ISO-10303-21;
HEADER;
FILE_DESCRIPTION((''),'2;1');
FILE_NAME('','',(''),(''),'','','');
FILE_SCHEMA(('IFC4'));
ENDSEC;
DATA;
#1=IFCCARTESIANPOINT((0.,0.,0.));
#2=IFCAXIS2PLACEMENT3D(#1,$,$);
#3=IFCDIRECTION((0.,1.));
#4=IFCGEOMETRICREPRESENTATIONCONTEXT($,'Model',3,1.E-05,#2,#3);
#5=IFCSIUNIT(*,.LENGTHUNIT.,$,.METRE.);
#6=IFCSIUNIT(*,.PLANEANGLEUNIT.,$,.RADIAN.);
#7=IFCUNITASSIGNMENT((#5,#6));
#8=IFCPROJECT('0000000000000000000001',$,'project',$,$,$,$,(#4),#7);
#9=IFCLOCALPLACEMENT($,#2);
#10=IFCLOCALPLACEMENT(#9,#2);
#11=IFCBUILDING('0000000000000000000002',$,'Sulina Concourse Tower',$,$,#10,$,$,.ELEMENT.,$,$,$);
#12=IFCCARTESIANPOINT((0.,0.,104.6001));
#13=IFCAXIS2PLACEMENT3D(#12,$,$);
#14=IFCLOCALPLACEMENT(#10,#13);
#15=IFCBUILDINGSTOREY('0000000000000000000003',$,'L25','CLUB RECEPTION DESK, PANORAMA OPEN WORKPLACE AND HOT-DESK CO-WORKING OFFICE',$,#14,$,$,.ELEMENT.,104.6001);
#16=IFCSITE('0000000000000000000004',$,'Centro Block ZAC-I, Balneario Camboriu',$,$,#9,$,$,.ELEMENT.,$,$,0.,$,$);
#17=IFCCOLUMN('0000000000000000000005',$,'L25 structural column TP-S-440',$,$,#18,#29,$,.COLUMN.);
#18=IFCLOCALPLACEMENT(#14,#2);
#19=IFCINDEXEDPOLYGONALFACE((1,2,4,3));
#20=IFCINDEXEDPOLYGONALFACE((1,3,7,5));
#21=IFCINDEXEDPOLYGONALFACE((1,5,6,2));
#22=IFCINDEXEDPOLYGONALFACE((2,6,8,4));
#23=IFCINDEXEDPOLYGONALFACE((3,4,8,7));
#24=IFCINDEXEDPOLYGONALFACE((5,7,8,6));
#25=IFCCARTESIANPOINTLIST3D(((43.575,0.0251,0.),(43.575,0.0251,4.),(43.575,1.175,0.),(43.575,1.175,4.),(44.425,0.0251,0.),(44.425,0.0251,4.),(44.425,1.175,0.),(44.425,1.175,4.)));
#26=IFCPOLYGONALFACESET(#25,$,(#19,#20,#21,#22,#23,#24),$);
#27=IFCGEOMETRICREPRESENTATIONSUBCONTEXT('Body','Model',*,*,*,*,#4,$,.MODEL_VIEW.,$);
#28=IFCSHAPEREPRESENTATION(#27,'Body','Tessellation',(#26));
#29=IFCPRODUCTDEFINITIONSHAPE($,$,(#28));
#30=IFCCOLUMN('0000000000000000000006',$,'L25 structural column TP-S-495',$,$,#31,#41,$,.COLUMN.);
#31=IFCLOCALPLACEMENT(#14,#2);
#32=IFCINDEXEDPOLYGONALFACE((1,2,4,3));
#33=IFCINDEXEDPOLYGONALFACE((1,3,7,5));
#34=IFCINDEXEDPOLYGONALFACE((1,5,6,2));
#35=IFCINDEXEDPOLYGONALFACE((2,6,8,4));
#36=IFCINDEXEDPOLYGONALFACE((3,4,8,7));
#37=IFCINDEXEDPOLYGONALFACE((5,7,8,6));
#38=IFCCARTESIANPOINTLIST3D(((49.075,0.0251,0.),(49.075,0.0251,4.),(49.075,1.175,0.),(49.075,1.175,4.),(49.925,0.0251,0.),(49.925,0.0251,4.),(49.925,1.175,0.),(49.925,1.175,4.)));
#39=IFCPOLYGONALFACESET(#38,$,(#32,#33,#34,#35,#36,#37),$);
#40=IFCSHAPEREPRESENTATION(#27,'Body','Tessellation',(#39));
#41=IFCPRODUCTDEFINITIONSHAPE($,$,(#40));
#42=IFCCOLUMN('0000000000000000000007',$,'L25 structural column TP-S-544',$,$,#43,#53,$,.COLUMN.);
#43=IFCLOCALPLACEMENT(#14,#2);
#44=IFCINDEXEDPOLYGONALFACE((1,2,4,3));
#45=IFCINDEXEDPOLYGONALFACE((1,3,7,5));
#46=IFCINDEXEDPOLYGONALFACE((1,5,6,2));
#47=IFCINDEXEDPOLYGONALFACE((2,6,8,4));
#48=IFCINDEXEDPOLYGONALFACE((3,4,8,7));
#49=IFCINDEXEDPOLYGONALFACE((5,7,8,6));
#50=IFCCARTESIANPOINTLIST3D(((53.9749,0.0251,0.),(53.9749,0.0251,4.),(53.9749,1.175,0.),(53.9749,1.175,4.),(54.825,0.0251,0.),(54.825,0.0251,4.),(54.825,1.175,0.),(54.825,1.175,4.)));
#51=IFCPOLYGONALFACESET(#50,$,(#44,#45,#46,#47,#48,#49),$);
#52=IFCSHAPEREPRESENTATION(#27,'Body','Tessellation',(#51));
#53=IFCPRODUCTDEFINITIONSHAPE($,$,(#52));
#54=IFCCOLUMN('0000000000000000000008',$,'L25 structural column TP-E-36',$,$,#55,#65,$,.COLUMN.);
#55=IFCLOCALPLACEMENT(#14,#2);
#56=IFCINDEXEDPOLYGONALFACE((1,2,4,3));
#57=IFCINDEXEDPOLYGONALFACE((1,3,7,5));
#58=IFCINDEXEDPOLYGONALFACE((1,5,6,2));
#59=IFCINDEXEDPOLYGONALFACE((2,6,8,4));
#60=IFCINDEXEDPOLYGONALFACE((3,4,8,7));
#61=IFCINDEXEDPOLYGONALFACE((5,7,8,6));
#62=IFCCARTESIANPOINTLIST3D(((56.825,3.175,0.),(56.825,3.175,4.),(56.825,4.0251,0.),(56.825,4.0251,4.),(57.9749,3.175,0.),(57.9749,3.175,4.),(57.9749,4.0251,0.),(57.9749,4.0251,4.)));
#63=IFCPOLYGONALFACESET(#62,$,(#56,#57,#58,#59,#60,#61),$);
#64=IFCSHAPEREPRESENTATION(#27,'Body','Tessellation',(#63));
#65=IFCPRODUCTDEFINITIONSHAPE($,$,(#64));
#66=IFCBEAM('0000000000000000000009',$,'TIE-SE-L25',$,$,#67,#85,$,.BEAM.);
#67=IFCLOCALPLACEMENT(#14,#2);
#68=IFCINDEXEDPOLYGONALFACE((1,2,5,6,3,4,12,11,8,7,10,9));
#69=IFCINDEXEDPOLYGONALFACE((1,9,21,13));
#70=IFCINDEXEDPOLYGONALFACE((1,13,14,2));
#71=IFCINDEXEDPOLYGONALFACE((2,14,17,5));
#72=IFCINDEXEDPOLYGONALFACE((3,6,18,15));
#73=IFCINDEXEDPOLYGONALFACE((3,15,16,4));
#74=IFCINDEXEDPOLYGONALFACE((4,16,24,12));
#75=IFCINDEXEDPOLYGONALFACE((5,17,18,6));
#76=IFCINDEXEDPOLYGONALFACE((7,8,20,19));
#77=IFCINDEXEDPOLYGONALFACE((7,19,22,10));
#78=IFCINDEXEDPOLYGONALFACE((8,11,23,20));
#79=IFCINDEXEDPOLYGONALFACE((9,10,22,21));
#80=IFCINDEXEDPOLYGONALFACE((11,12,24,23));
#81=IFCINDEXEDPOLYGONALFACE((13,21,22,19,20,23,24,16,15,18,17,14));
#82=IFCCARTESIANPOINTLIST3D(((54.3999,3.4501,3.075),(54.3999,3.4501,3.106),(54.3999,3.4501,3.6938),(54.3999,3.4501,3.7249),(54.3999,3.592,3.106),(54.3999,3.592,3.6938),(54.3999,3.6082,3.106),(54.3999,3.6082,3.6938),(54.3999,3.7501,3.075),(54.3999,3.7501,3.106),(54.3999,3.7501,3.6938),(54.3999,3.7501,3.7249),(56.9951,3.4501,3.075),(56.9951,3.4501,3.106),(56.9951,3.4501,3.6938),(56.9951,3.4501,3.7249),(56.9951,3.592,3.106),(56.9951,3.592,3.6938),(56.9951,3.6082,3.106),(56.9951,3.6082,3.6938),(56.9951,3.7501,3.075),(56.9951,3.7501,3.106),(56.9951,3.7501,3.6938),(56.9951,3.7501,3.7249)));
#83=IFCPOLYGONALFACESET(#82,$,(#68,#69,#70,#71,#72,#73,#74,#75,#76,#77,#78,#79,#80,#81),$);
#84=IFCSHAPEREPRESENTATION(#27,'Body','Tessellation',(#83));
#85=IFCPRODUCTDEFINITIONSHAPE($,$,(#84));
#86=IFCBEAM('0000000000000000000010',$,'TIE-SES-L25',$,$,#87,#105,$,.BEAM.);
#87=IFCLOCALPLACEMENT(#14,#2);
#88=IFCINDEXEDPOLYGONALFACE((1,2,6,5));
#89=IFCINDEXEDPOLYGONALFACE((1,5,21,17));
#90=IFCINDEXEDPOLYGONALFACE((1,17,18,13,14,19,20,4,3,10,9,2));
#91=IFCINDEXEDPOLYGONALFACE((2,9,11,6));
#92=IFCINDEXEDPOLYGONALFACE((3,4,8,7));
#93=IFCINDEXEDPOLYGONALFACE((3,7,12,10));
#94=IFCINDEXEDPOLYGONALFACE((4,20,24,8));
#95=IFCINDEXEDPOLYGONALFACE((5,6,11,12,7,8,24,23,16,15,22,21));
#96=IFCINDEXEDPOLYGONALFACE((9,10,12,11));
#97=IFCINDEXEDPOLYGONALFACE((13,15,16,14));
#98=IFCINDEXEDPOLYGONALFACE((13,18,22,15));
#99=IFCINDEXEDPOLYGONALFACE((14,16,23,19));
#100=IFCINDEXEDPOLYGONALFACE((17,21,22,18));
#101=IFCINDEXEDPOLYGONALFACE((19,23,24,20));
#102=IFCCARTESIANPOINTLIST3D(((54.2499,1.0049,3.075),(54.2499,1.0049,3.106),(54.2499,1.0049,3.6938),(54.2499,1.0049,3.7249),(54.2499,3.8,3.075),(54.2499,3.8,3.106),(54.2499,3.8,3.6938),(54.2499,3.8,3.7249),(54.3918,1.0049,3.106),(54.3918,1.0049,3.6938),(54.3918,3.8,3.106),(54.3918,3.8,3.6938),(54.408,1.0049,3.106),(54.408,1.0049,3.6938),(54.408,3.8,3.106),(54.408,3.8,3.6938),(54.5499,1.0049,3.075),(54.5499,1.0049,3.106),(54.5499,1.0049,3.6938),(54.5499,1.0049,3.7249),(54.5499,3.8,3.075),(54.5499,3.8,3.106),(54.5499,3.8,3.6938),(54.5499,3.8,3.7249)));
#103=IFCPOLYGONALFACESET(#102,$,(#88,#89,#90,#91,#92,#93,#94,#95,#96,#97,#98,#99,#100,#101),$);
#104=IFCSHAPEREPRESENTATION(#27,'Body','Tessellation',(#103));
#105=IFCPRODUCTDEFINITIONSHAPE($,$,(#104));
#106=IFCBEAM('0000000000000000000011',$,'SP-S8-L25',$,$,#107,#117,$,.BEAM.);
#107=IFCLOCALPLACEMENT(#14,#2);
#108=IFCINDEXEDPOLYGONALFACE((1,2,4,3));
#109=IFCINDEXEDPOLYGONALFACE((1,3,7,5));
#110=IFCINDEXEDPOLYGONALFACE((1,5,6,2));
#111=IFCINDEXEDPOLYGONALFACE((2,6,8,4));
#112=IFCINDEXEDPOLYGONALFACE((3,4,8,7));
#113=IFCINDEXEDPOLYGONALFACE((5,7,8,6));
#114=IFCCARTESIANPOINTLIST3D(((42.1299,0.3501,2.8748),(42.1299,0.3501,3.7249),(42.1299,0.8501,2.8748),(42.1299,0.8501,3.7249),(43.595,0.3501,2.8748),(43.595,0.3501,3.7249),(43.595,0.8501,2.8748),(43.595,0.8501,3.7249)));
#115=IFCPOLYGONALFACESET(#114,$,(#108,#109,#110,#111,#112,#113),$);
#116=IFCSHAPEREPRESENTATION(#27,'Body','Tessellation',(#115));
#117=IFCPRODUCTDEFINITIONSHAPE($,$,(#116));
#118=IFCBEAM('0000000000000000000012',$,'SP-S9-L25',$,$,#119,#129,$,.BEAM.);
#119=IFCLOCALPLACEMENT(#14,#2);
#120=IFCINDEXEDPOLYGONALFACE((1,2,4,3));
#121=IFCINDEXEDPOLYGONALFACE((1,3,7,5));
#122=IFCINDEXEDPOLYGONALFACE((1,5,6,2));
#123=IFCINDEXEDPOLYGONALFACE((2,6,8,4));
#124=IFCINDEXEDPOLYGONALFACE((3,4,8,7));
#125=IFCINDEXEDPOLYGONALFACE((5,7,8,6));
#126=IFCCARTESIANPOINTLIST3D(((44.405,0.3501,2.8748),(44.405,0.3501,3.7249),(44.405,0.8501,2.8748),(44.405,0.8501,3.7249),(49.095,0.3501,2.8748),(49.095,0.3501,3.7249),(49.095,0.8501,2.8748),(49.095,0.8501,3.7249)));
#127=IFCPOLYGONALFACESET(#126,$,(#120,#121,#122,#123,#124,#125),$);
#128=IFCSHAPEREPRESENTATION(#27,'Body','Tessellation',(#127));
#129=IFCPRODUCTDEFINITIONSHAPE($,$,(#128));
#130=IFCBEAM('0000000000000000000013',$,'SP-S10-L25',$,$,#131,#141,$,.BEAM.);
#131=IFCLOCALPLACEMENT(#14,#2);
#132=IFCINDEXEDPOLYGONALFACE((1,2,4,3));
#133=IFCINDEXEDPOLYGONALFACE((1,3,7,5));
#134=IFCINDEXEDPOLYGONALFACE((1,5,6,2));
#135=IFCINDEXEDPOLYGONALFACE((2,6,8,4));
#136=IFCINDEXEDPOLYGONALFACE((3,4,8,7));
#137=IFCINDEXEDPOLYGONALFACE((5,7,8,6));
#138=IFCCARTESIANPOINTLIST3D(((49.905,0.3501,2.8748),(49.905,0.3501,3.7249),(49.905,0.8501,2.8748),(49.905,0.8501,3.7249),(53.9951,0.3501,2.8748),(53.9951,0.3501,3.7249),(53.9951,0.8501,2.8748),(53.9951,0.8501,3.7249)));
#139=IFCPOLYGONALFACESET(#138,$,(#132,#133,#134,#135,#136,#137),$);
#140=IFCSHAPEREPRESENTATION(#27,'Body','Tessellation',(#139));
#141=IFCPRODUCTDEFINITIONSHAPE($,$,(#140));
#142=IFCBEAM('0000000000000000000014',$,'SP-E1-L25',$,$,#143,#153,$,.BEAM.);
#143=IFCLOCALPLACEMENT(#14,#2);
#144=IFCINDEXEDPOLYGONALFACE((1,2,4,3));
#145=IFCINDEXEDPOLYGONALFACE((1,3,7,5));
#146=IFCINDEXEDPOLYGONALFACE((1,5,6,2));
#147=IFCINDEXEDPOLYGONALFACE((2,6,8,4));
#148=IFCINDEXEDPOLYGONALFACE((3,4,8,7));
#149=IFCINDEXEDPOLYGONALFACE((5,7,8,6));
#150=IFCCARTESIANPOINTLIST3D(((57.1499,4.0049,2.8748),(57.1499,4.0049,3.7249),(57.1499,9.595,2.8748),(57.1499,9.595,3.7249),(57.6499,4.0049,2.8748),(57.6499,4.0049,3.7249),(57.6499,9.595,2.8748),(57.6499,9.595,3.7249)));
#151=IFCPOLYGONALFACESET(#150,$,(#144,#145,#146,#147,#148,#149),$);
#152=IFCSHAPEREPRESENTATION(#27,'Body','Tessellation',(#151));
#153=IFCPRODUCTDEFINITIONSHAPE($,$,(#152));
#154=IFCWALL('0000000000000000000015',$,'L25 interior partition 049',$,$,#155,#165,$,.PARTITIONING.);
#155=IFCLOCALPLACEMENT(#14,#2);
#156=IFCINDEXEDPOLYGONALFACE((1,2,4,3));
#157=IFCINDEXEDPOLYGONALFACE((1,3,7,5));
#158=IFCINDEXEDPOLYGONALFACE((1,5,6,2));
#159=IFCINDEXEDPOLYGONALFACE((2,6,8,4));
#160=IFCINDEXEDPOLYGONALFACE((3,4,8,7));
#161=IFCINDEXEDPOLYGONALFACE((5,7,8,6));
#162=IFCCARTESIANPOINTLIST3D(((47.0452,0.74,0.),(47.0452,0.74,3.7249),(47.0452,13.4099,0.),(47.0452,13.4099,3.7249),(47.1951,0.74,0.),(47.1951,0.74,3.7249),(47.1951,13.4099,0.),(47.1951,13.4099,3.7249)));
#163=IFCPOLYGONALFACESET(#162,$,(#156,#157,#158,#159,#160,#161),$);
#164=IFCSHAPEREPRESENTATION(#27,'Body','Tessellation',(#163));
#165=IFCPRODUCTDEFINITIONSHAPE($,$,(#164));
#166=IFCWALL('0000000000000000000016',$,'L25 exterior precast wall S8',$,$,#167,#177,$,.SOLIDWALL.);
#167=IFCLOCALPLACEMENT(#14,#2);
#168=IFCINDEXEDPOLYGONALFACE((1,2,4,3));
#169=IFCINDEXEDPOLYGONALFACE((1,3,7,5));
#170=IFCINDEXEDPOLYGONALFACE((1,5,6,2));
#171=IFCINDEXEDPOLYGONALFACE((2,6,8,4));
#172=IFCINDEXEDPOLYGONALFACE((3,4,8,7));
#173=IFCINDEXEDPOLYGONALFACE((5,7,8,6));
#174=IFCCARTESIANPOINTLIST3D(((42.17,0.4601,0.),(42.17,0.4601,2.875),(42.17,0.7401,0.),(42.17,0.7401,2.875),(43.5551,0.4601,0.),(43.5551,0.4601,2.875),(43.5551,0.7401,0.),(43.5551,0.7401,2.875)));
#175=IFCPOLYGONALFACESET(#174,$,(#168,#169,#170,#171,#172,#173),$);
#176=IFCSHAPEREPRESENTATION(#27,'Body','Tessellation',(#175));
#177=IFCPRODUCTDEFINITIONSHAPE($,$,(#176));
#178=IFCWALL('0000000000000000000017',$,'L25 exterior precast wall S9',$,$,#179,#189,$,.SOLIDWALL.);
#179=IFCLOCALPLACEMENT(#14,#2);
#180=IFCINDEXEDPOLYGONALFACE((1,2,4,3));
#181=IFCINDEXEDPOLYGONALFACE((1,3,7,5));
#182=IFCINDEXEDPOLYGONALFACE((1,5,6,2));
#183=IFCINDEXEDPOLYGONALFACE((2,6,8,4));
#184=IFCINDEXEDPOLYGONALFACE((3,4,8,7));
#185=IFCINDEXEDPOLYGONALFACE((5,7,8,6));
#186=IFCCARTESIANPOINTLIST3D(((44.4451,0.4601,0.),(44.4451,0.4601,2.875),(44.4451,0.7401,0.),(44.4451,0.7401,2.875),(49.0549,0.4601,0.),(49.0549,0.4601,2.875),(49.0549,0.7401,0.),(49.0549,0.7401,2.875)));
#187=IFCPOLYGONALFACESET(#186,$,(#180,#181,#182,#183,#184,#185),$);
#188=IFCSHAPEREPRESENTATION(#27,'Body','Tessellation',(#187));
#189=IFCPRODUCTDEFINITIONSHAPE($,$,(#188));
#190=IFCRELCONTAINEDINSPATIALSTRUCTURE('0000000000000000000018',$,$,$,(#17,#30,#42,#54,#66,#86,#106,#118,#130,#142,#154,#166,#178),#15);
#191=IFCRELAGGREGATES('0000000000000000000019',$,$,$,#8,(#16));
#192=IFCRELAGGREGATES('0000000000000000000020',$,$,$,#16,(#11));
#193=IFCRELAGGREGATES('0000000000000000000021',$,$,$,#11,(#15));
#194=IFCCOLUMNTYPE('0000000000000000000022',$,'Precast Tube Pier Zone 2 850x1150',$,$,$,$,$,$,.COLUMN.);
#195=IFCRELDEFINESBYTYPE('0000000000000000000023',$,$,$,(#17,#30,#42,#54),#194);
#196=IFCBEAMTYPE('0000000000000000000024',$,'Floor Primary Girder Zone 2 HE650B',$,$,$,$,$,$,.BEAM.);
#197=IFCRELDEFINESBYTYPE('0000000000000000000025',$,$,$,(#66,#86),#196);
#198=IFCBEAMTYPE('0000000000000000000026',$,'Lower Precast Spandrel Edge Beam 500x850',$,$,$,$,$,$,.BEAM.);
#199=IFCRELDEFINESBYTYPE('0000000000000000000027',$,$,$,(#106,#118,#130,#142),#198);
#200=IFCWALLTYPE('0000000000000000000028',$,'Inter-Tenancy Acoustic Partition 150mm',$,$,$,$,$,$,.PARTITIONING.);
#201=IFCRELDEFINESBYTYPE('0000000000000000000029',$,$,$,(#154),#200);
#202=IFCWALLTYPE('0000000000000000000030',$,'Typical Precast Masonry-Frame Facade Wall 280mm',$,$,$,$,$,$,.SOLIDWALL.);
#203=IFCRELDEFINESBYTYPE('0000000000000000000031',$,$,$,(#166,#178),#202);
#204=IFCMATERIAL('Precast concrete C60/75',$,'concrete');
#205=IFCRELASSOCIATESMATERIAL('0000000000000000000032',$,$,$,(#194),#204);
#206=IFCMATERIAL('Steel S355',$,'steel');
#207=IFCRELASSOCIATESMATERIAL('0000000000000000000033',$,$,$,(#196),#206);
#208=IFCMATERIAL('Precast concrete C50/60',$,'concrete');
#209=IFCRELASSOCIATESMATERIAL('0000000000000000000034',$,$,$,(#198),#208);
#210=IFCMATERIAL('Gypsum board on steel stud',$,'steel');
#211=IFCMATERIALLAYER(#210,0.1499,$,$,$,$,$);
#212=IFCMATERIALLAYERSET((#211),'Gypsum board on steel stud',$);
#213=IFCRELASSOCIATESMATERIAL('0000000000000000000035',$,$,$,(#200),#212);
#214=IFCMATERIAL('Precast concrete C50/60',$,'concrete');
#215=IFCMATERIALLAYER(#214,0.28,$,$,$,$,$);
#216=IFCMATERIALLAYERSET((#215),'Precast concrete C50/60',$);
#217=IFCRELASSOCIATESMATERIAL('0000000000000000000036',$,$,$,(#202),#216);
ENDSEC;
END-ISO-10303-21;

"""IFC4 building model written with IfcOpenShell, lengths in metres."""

from ifc_helpers import new_model, si_unit, direction, frame, frame_2d, origin, origin_2d, place, context, subcontext, project, spatial, rectangle, i_section, extrude, material, layer, layer_set, material_profile, profile_set, type_object, element, save


model = new_model("IFC4")

# Units and contexts
model_context = context("Model", 3, precision=1e-05, world=origin(), true_north=direction((0.0, 1.0)))
body_context = subcontext(model_context, "Body", "Model", "MODEL_VIEW")
ifc_project = project(units=[si_unit("LENGTHUNIT", "METRE"), si_unit("PLANEANGLEUNIT", "RADIAN")], contexts=[model_context])

# Site, building, storey
site_placement = place(None, origin())
site = spatial("IfcSite", under=ifc_project, at=site_placement, Name="Centro Block ZAC-I, Balneario Camboriu", CompositionType="ELEMENT", RefElevation=0.0)
building_placement = place(site_placement, origin())
building = spatial("IfcBuilding", under=site, at=building_placement, Name="Sulina Concourse Tower", CompositionType="ELEMENT")
storey_placement = place(building_placement, frame((0.0, 0.0, 104.6001)))
storey = spatial("IfcBuildingStorey", under=building, at=storey_placement, Name="L25", Description="CLUB RECEPTION DESK, PANORAMA OPEN WORKPLACE AND HOT-DESK CO-WORKING OFFICE", CompositionType="ELEMENT", Elevation=104.6001)

# Columns
ifc_material_1 = material(Name="Precast concrete C60/75", Category="concrete")
ifc_material_profile_1 = material_profile(ifc_material_1, rectangle(XDim=0.8501, YDim=1.1499, at=origin_2d()), Name="PC 850x1150")
ifc_profile_set_1 = profile_set([ifc_material_profile_1], Name="Precast concrete C60/75")
column_type = type_object("IfcColumnType", Name="Precast Tube Pier Zone 2 850x1150", PredefinedType="COLUMN", material=ifc_profile_set_1)
for number, where, z_axis, x_axis, name in (
    (1, (44.0, 0.6001, 0.0), (0.0, 0.0, 1.0), (1.0, 0.0, 0.0), "L25 structural column TP-S-440"),
    (2, (49.5, 0.6001, 0.0), (0.0, 0.0, 1.0), (1.0, 0.0, 0.0), "L25 structural column TP-S-495"),
    (3, (54.3999, 0.6001, 0.0), (0.0, 0.0, 1.0), (1.0, 0.0, 0.0), "L25 structural column TP-S-544"),
    (4, (57.3999, 3.6001, 0.0), (0.0, 0.0, 1.0), (0.0, 1.0, 0.0), "L25 structural column TP-E-36"),
):
    element("IfcColumn", number, at=place(storey_placement, frame(where, z_axis=z_axis, x_axis=x_axis)), inside=storey, type_object=column_type, Name=name, PredefinedType="COLUMN", context=body_context, shape_type="SweptSolid", body=[
        extrude(rectangle(XDim=0.8501, YDim=1.1499, at=origin_2d()), origin(), (0.0, 0.0, 1.0), 4.0),
    ])

# Beams
ifc_material_2 = material(Name="Steel S355", Category="steel")
ifc_material_profile_2 = material_profile(ifc_material_2, i_section(OverallWidth=0.3, OverallDepth=0.6499, WebThickness=0.0161, FlangeThickness=0.031, at=origin_2d()), Name="HE 650 B")
ifc_profile_set_2 = profile_set([ifc_material_profile_2], Name="Steel S355")
beam_type_1 = type_object("IfcBeamType", Name="Floor Primary Girder Zone 2 HE650B", PredefinedType="BEAM", material=ifc_profile_set_2)
beam_1_placement = place(storey_placement, frame((54.3999, 3.6001, 3.3999), z_axis=(1.0, 0.0, 0.0), x_axis=(0.0, 1.0, 0.0)))
element("IfcBeam", 5, at=beam_1_placement, inside=storey, type_object=beam_type_1, Name="TIE-SE-L25", PredefinedType="BEAM", context=body_context, shape_type="SweptSolid", body=[
    extrude(i_section(OverallWidth=0.3, OverallDepth=0.6499, WebThickness=0.0161, FlangeThickness=0.031, at=origin_2d()), origin(), (0.0, 0.0, 1.0), 2.5952),
])
beam_2_placement = place(storey_placement, frame((54.3999, 1.0049, 3.3999), z_axis=(0.0, 1.0, 0.0), x_axis=(-1.0, 0.0, 0.0)))
element("IfcBeam", 6, at=beam_2_placement, inside=storey, type_object=beam_type_1, Name="TIE-SES-L25", PredefinedType="BEAM", context=body_context, shape_type="SweptSolid", body=[
    extrude(i_section(OverallWidth=0.3, OverallDepth=0.6499, WebThickness=0.0161, FlangeThickness=0.031, at=origin_2d()), origin(), (0.0, 0.0, 1.0), 2.7952),
])
ifc_material_3 = material(Name="Precast concrete C50/60", Category="concrete")
ifc_material_profile_3 = material_profile(ifc_material_3, rectangle(XDim=0.5, YDim=0.8501, at=origin_2d()), Name="RC 500x850")
ifc_profile_set_3 = profile_set([ifc_material_profile_3], Name="Precast concrete C50/60")
beam_type_2 = type_object("IfcBeamType", Name="Lower Precast Spandrel Edge Beam 500x850", PredefinedType="BEAM", material=ifc_profile_set_3)
beam_3_placement = place(storey_placement, frame((42.1299, 0.6001, 3.2998), z_axis=(1.0, 0.0, 0.0), x_axis=(0.0, 1.0, 0.0)))
element("IfcBeam", 7, at=beam_3_placement, inside=storey, type_object=beam_type_2, Name="SP-S8-L25", PredefinedType="BEAM", context=body_context, shape_type="SweptSolid", body=[
    extrude(rectangle(XDim=0.5, YDim=0.8501, at=origin_2d()), origin(), (0.0, 0.0, 1.0), 1.4651),
])
beam_4_placement = place(storey_placement, frame((44.405, 0.6001, 3.2998), z_axis=(1.0, 0.0, 0.0), x_axis=(0.0, 1.0, 0.0)))
element("IfcBeam", 8, at=beam_4_placement, inside=storey, type_object=beam_type_2, Name="SP-S9-L25", PredefinedType="BEAM", context=body_context, shape_type="SweptSolid", body=[
    extrude(rectangle(XDim=0.5, YDim=0.8501, at=origin_2d()), origin(), (0.0, 0.0, 1.0), 4.6899),
])
beam_5_placement = place(storey_placement, frame((49.905, 0.6001, 3.2998), z_axis=(1.0, 0.0, 0.0), x_axis=(0.0, 1.0, 0.0)))
element("IfcBeam", 9, at=beam_5_placement, inside=storey, type_object=beam_type_2, Name="SP-S10-L25", PredefinedType="BEAM", context=body_context, shape_type="SweptSolid", body=[
    extrude(rectangle(XDim=0.5, YDim=0.8501, at=origin_2d()), origin(), (0.0, 0.0, 1.0), 4.0901),
])
beam_6_placement = place(storey_placement, frame((57.3999, 4.0049, 3.2998), z_axis=(0.0, 1.0, 0.0), x_axis=(-1.0, 0.0, 0.0)))
element("IfcBeam", 10, at=beam_6_placement, inside=storey, type_object=beam_type_2, Name="SP-E1-L25", PredefinedType="BEAM", context=body_context, shape_type="SweptSolid", body=[
    extrude(rectangle(XDim=0.5, YDim=0.8501, at=origin_2d()), origin(), (0.0, 0.0, 1.0), 5.5901),
])

# Walls
ifc_material_4 = material(Name="Gypsum board on steel stud", Category="steel")
ifc_layer_1 = layer(ifc_material_4, 0.1499)
ifc_layer_set_1 = layer_set([ifc_layer_1], Name="Gypsum board on steel stud")
wall_type_1 = type_object("IfcWallType", Name="Inter-Tenancy Acoustic Partition 150mm", PredefinedType="PARTITIONING", material=ifc_layer_set_1)
wall_1_placement = place(storey_placement, frame((47.1201, 0.74, 0.0), z_axis=(0.0, 0.0, 1.0), x_axis=(0.0, 1.0, 0.0)))
element("IfcWall", 11, at=wall_1_placement, inside=storey, type_object=wall_type_1, Name="L25 interior partition 049", PredefinedType="PARTITIONING", context=body_context, shape_type="SweptSolid", body=[
    extrude(rectangle(XDim=12.6699, YDim=0.1499, at=frame_2d((6.335, 0.0))), origin(), (0.0, 0.0, 1.0), 3.7249),
])
ifc_material_5 = material(Name="Precast concrete C50/60", Category="concrete")
ifc_layer_2 = layer(ifc_material_5, 0.28)
ifc_layer_set_2 = layer_set([ifc_layer_2], Name="Precast concrete C50/60")
wall_type_2 = type_object("IfcWallType", Name="Typical Precast Masonry-Frame Facade Wall 280mm", PredefinedType="SOLIDWALL", material=ifc_layer_set_2)
wall_2_placement = place(storey_placement, frame((43.5549, 0.6001, 0.0), z_axis=(0.0, 0.0, 1.0), x_axis=(-1.0, 0.0, 0.0)))
element("IfcWall", 12, at=wall_2_placement, inside=storey, type_object=wall_type_2, Name="L25 exterior precast wall S8", PredefinedType="SOLIDWALL", context=body_context, shape_type="SweptSolid", body=[
    extrude(rectangle(XDim=1.385, YDim=0.28, at=frame_2d((0.6924, 0.0))), origin(), (0.0, 0.0, 1.0), 2.875),
])
wall_3_placement = place(storey_placement, frame((49.0549, 0.6001, 0.0), z_axis=(0.0, 0.0, 1.0), x_axis=(-1.0, 0.0, 0.0)))
element("IfcWall", 13, at=wall_3_placement, inside=storey, type_object=wall_type_2, Name="L25 exterior precast wall S9", PredefinedType="SOLIDWALL", context=body_context, shape_type="SweptSolid", body=[
    extrude(rectangle(XDim=4.6099, YDim=0.28, at=frame_2d((2.3049, 0.0))), origin(), (0.0, 0.0, 1.0), 2.875),
])

save(model, "model.ifc")
